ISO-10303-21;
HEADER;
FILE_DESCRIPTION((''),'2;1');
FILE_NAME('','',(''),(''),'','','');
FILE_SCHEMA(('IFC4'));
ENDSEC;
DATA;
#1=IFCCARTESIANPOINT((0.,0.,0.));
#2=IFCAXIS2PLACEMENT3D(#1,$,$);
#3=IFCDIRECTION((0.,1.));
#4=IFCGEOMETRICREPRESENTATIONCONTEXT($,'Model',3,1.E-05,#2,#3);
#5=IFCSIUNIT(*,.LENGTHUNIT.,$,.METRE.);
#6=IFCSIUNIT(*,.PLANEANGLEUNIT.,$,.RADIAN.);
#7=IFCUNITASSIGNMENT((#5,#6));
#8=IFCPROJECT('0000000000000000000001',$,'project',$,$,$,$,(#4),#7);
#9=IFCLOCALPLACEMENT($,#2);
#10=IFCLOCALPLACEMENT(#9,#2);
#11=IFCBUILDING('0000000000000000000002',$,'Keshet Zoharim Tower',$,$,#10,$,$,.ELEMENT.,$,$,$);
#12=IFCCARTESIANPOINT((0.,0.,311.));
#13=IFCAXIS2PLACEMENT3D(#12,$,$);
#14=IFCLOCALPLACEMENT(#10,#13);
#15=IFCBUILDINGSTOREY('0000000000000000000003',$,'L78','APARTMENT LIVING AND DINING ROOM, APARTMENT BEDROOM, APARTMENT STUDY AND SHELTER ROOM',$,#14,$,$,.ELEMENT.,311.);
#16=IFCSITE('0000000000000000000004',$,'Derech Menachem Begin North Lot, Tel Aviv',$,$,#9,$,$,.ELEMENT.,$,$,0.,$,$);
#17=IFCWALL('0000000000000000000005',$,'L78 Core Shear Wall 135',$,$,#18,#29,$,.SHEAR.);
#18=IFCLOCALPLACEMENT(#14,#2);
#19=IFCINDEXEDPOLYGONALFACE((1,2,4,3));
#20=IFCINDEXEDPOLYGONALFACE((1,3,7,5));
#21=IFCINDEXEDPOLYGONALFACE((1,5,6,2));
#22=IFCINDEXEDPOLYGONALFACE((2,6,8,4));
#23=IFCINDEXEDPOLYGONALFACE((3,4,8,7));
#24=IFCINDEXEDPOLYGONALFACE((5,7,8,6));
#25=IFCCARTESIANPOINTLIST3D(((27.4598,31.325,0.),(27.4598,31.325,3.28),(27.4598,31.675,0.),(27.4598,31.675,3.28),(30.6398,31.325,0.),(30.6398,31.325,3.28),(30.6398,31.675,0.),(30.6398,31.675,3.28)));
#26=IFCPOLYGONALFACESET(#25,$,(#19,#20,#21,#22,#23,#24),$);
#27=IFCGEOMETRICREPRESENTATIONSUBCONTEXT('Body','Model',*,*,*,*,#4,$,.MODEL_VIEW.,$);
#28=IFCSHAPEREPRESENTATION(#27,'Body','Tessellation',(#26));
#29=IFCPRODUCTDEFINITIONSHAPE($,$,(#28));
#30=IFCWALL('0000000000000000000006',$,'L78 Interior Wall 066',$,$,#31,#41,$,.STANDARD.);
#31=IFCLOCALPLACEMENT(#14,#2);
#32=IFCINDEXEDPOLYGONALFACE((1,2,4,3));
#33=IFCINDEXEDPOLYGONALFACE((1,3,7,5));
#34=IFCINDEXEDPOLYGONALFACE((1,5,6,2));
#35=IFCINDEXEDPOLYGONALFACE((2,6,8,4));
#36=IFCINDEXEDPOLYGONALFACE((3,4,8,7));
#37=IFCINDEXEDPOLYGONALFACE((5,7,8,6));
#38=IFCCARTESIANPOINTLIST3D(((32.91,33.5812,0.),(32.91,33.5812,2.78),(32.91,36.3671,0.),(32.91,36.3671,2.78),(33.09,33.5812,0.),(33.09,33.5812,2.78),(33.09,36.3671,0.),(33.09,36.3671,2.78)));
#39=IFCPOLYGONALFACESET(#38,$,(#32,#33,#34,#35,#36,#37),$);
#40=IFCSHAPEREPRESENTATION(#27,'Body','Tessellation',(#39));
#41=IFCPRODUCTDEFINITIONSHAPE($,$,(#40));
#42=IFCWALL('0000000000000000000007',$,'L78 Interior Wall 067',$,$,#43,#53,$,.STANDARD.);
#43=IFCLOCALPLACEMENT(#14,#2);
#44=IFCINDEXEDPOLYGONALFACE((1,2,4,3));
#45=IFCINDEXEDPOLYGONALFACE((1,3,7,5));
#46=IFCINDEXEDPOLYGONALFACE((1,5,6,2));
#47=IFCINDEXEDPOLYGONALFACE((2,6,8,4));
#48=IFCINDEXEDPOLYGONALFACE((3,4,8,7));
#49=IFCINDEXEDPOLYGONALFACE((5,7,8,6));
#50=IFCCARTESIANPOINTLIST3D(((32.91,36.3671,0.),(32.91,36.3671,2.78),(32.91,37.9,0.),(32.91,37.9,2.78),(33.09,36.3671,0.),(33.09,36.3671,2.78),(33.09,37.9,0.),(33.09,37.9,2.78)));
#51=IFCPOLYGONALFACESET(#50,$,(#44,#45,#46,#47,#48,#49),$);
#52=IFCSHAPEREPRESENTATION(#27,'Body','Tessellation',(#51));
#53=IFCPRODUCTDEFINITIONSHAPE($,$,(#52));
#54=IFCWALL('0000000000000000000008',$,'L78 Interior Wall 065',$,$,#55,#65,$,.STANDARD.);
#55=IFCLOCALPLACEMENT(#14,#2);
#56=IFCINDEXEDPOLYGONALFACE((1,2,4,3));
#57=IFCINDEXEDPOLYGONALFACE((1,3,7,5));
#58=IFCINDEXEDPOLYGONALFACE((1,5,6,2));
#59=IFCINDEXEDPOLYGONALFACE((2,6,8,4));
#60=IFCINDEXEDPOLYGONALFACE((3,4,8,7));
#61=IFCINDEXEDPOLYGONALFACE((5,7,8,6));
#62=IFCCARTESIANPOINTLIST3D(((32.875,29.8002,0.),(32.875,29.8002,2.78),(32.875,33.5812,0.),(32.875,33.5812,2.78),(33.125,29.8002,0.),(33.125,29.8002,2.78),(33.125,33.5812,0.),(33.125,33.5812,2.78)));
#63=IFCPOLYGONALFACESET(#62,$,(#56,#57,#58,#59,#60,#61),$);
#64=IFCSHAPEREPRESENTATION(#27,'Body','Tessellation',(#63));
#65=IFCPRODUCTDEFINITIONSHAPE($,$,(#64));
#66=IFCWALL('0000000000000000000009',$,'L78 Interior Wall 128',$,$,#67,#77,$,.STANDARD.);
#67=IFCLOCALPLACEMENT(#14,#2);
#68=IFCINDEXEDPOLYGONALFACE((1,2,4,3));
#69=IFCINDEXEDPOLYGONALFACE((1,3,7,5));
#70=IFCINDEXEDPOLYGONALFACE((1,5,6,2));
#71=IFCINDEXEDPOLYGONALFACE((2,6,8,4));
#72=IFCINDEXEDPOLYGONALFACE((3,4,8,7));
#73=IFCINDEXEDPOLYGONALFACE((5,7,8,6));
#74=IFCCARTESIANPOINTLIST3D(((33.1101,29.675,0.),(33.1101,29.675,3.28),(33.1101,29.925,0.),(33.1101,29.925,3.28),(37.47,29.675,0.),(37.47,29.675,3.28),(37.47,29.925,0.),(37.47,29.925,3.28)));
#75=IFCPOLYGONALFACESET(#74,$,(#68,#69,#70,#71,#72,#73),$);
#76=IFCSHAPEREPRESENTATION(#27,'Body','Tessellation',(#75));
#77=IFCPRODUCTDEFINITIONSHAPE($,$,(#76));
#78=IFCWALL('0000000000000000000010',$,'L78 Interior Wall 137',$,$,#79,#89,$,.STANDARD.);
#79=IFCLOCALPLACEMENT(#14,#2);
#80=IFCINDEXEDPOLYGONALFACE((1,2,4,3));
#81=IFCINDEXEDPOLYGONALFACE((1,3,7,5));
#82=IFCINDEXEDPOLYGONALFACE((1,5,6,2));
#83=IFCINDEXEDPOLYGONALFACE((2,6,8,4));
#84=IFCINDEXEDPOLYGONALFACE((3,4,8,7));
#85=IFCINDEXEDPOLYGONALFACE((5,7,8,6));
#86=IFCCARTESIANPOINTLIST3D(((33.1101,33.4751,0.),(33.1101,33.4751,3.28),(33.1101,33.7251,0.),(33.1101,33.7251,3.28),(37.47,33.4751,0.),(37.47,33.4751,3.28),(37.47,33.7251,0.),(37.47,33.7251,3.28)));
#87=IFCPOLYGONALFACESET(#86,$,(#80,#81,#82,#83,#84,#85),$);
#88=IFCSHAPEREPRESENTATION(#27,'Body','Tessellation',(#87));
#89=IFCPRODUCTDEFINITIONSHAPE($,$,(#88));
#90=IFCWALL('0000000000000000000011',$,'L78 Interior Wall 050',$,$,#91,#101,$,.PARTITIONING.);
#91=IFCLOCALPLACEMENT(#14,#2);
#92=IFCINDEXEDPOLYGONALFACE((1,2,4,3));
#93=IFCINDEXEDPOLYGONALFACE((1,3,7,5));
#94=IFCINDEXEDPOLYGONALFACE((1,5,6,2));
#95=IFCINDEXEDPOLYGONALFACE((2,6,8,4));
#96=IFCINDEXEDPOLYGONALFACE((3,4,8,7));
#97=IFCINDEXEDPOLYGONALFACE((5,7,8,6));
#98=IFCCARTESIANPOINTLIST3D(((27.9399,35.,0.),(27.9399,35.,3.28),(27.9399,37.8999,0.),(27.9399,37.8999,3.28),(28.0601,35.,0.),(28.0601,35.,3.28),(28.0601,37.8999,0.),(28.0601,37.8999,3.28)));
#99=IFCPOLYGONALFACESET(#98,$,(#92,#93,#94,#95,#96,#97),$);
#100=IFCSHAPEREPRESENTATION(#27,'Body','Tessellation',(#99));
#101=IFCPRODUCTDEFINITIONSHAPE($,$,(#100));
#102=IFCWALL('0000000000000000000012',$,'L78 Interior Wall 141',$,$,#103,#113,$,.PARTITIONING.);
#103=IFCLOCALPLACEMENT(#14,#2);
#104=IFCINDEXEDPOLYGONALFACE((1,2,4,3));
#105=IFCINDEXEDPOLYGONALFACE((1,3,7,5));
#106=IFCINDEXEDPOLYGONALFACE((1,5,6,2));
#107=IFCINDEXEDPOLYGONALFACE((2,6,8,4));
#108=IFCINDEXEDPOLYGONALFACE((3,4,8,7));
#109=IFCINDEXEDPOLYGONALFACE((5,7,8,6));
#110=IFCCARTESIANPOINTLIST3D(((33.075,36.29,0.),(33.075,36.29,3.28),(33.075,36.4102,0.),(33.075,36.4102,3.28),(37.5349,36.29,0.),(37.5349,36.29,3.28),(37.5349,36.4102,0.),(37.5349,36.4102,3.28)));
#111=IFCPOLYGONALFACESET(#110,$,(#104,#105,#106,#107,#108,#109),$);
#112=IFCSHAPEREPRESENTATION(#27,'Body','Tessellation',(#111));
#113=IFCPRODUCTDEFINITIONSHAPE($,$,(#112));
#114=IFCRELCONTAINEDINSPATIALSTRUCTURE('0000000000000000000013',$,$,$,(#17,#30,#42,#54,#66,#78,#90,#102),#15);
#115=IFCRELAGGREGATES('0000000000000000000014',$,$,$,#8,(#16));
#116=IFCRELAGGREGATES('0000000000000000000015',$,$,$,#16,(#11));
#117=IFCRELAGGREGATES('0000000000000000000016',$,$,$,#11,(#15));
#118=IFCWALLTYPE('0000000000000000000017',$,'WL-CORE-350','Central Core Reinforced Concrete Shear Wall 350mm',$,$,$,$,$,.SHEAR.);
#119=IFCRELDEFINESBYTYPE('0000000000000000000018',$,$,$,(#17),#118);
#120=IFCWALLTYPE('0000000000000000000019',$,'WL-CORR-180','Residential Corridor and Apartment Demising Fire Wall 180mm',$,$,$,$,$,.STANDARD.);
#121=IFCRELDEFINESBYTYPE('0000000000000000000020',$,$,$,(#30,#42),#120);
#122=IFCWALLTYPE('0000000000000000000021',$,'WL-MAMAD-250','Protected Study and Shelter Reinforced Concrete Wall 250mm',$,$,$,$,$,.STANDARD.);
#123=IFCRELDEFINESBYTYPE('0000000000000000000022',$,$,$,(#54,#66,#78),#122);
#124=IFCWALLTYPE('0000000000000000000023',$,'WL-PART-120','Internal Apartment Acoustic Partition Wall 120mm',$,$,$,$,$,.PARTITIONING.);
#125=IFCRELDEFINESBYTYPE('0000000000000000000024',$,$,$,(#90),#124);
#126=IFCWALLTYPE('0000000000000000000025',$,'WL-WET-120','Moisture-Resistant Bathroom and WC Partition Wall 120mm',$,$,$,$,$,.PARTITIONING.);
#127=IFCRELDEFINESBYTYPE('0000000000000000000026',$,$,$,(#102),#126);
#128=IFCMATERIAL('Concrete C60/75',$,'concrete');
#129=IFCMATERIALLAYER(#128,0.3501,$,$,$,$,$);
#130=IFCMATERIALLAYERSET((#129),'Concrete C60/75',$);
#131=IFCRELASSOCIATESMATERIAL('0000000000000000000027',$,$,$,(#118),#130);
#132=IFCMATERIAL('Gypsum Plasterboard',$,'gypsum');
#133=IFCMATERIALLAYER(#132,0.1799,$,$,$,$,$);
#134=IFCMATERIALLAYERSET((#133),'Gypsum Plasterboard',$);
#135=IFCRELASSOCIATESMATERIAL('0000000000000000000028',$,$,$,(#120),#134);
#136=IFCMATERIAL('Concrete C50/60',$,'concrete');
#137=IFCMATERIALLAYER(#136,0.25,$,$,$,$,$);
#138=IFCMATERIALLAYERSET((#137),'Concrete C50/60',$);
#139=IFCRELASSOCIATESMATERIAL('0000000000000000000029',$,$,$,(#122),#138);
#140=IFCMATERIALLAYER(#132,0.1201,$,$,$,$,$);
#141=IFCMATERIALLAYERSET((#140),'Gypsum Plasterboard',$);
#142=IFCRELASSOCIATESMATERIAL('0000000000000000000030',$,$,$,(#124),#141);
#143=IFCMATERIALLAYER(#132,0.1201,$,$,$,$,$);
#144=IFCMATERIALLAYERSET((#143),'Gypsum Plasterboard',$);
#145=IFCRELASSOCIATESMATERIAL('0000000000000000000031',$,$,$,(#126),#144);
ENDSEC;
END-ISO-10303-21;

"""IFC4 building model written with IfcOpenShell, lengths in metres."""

from ifc_helpers import new_model, si_unit, direction, frame, frame_2d, origin, place, context, subcontext, project, spatial, rectangle, extrude, material, layer, layer_set, type_object, element, save


model = new_model("IFC4")

# Units and contexts
model_context = context("Model", 3, precision=1e-05, world=origin(), true_north=direction((0.0, 1.0)))
body_context = subcontext(model_context, "Body", "Model", "MODEL_VIEW")
ifc_project = project(units=[si_unit("LENGTHUNIT", "METRE"), si_unit("PLANEANGLEUNIT", "RADIAN")], contexts=[model_context])

# Site, building, storey
site_placement = place(None, origin())
site = spatial("IfcSite", under=ifc_project, at=site_placement, Name="Derech Menachem Begin North Lot, Tel Aviv", CompositionType="ELEMENT", RefElevation=0.0)
building_placement = place(site_placement, origin())
building = spatial("IfcBuilding", under=site, at=building_placement, Name="Keshet Zoharim Tower", CompositionType="ELEMENT")
storey_placement = place(building_placement, frame((0.0, 0.0, 311.0)))
storey = spatial("IfcBuildingStorey", under=building, at=storey_placement, Name="L78", Description="APARTMENT LIVING AND DINING ROOM, APARTMENT BEDROOM, APARTMENT STUDY AND SHELTER ROOM", CompositionType="ELEMENT", Elevation=311.0)

# Shared definitions
ifc_material_1 = material(Name="Concrete C50/60", Category="concrete")

# Shared definitions
ifc_material_2 = material(Name="Gypsum Plasterboard", Category="gypsum")
ifc_material_3 = material(Name="Concrete C60/75", Category="concrete")
ifc_layer_1 = layer(ifc_material_3, 0.3501)
ifc_layer_set_1 = layer_set([ifc_layer_1], Name="Concrete C60/75")
wall_type_1 = type_object("IfcWallType", Name="WL-CORE-350", Description="Central Core Reinforced Concrete Shear Wall 350mm", PredefinedType="SHEAR", material=ifc_layer_set_1)

# Wall
wall_1_placement = place(storey_placement, frame((27.46, 31.5, 0.0), z_axis=(0.0, 0.0, 1.0), x_axis=(1.0, 0.0, 0.0)))
element("IfcWall", 1, at=wall_1_placement, inside=storey, type_object=wall_type_1, Name="L78 Core Shear Wall 135", PredefinedType="SHEAR", context=body_context, shape_type="SweptSolid", body=[
    extrude(rectangle(XDim=3.1799, YDim=0.3501, at=frame_2d((1.5898, 0.0))), origin(), (0.0, 0.0, 1.0), 3.28),
])

# Walls
ifc_layer_2 = layer(ifc_material_2, 0.1799)
ifc_layer_set_2 = layer_set([ifc_layer_2], Name="Gypsum Plasterboard")
wall_type_2 = type_object("IfcWallType", Name="WL-CORR-180", Description="Residential Corridor and Apartment Demising Fire Wall 180mm", PredefinedType="STANDARD", material=ifc_layer_set_2)
wall_2_placement = place(storey_placement, frame((33.0, 33.5811, 0.0), z_axis=(0.0, 0.0, 1.0), x_axis=(0.0, 1.0, 0.0)))
element("IfcWall", 2, at=wall_2_placement, inside=storey, type_object=wall_type_2, Name="L78 Interior Wall 066", PredefinedType="STANDARD", context=body_context, shape_type="SweptSolid", body=[
    extrude(rectangle(XDim=2.7859, YDim=0.1799, at=frame_2d((1.3931, 0.0))), origin(), (0.0, 0.0, 1.0), 2.78),
])
wall_3_placement = place(storey_placement, frame((33.0, 36.3669, 0.0), z_axis=(0.0, 0.0, 1.0), x_axis=(0.0, 1.0, 0.0)))
element("IfcWall", 3, at=wall_3_placement, inside=storey, type_object=wall_type_2, Name="L78 Interior Wall 067", PredefinedType="STANDARD", context=body_context, shape_type="SweptSolid", body=[
    extrude(rectangle(XDim=1.533, YDim=0.1799, at=frame_2d((0.7666, 0.0))), origin(), (0.0, 0.0, 1.0), 2.78),
])

# Walls
ifc_layer_3 = layer(ifc_material_1, 0.25)
ifc_layer_set_3 = layer_set([ifc_layer_3], Name="Concrete C50/60")
wall_type_3 = type_object("IfcWallType", Name="WL-MAMAD-250", Description="Protected Study and Shelter Reinforced Concrete Wall 250mm", PredefinedType="STANDARD", material=ifc_layer_set_3)
wall_4_placement = place(storey_placement, frame((33.0, 29.8, 0.0), z_axis=(0.0, 0.0, 1.0), x_axis=(0.0, 1.0, 0.0)))
element("IfcWall", 4, at=wall_4_placement, inside=storey, type_object=wall_type_3, Name="L78 Interior Wall 065", PredefinedType="STANDARD", context=body_context, shape_type="SweptSolid", body=[
    extrude(rectangle(XDim=3.781, YDim=0.25, at=frame_2d((1.8906, 0.0))), origin(), (0.0, 0.0, 1.0), 2.78),
])
for number, where, z_axis, x_axis, name in (
    (5, (33.1101, 29.8, 0.0), (0.0, 0.0, 1.0), (1.0, 0.0, 0.0), "L78 Interior Wall 128"),
    (6, (33.1101, 33.6001, 0.0), (0.0, 0.0, 1.0), (1.0, 0.0, 0.0), "L78 Interior Wall 137"),
):
    element("IfcWall", number, at=place(storey_placement, frame(where, z_axis=z_axis, x_axis=x_axis)), inside=storey, type_object=wall_type_3, Name=name, PredefinedType="STANDARD", context=body_context, shape_type="SweptSolid", body=[
        extrude(rectangle(XDim=4.3599, YDim=0.25, at=frame_2d((2.1799, 0.0))), origin(), (0.0, 0.0, 1.0), 3.28),
    ])
ifc_layer_4 = layer(ifc_material_2, 0.1201)
ifc_layer_set_4 = layer_set([ifc_layer_4], Name="Gypsum Plasterboard")
wall_type_4 = type_object("IfcWallType", Name="WL-PART-120", Description="Internal Apartment Acoustic Partition Wall 120mm", PredefinedType="PARTITIONING", material=ifc_layer_set_4)
wall_5_placement = place(storey_placement, frame((28.0, 35.0, 0.0), z_axis=(0.0, 0.0, 1.0), x_axis=(0.0, 1.0, 0.0)))
element("IfcWall", 7, at=wall_5_placement, inside=storey, type_object=wall_type_4, Name="L78 Interior Wall 050", PredefinedType="PARTITIONING", context=body_context, shape_type="SweptSolid", body=[
    extrude(rectangle(XDim=2.8999, YDim=0.1201, at=frame_2d((1.45, 0.0))), origin(), (0.0, 0.0, 1.0), 3.28),
])
ifc_layer_5 = layer(ifc_material_2, 0.1201)
ifc_layer_set_5 = layer_set([ifc_layer_5], Name="Gypsum Plasterboard")
wall_type_5 = type_object("IfcWallType", Name="WL-WET-120", Description="Moisture-Resistant Bathroom and WC Partition Wall 120mm", PredefinedType="PARTITIONING", material=ifc_layer_set_5)
wall_6_placement = place(storey_placement, frame((33.075, 36.3501, 0.0), z_axis=(0.0, 0.0, 1.0), x_axis=(1.0, 0.0, 0.0)))
element("IfcWall", 8, at=wall_6_placement, inside=storey, type_object=wall_type_5, Name="L78 Interior Wall 141", PredefinedType="PARTITIONING", context=body_context, shape_type="SweptSolid", body=[
    extrude(rectangle(XDim=4.46, YDim=0.1201, at=frame_2d((2.23, 0.0))), origin(), (0.0, 0.0, 1.0), 3.28),
])

save(model, "model.ifc")
